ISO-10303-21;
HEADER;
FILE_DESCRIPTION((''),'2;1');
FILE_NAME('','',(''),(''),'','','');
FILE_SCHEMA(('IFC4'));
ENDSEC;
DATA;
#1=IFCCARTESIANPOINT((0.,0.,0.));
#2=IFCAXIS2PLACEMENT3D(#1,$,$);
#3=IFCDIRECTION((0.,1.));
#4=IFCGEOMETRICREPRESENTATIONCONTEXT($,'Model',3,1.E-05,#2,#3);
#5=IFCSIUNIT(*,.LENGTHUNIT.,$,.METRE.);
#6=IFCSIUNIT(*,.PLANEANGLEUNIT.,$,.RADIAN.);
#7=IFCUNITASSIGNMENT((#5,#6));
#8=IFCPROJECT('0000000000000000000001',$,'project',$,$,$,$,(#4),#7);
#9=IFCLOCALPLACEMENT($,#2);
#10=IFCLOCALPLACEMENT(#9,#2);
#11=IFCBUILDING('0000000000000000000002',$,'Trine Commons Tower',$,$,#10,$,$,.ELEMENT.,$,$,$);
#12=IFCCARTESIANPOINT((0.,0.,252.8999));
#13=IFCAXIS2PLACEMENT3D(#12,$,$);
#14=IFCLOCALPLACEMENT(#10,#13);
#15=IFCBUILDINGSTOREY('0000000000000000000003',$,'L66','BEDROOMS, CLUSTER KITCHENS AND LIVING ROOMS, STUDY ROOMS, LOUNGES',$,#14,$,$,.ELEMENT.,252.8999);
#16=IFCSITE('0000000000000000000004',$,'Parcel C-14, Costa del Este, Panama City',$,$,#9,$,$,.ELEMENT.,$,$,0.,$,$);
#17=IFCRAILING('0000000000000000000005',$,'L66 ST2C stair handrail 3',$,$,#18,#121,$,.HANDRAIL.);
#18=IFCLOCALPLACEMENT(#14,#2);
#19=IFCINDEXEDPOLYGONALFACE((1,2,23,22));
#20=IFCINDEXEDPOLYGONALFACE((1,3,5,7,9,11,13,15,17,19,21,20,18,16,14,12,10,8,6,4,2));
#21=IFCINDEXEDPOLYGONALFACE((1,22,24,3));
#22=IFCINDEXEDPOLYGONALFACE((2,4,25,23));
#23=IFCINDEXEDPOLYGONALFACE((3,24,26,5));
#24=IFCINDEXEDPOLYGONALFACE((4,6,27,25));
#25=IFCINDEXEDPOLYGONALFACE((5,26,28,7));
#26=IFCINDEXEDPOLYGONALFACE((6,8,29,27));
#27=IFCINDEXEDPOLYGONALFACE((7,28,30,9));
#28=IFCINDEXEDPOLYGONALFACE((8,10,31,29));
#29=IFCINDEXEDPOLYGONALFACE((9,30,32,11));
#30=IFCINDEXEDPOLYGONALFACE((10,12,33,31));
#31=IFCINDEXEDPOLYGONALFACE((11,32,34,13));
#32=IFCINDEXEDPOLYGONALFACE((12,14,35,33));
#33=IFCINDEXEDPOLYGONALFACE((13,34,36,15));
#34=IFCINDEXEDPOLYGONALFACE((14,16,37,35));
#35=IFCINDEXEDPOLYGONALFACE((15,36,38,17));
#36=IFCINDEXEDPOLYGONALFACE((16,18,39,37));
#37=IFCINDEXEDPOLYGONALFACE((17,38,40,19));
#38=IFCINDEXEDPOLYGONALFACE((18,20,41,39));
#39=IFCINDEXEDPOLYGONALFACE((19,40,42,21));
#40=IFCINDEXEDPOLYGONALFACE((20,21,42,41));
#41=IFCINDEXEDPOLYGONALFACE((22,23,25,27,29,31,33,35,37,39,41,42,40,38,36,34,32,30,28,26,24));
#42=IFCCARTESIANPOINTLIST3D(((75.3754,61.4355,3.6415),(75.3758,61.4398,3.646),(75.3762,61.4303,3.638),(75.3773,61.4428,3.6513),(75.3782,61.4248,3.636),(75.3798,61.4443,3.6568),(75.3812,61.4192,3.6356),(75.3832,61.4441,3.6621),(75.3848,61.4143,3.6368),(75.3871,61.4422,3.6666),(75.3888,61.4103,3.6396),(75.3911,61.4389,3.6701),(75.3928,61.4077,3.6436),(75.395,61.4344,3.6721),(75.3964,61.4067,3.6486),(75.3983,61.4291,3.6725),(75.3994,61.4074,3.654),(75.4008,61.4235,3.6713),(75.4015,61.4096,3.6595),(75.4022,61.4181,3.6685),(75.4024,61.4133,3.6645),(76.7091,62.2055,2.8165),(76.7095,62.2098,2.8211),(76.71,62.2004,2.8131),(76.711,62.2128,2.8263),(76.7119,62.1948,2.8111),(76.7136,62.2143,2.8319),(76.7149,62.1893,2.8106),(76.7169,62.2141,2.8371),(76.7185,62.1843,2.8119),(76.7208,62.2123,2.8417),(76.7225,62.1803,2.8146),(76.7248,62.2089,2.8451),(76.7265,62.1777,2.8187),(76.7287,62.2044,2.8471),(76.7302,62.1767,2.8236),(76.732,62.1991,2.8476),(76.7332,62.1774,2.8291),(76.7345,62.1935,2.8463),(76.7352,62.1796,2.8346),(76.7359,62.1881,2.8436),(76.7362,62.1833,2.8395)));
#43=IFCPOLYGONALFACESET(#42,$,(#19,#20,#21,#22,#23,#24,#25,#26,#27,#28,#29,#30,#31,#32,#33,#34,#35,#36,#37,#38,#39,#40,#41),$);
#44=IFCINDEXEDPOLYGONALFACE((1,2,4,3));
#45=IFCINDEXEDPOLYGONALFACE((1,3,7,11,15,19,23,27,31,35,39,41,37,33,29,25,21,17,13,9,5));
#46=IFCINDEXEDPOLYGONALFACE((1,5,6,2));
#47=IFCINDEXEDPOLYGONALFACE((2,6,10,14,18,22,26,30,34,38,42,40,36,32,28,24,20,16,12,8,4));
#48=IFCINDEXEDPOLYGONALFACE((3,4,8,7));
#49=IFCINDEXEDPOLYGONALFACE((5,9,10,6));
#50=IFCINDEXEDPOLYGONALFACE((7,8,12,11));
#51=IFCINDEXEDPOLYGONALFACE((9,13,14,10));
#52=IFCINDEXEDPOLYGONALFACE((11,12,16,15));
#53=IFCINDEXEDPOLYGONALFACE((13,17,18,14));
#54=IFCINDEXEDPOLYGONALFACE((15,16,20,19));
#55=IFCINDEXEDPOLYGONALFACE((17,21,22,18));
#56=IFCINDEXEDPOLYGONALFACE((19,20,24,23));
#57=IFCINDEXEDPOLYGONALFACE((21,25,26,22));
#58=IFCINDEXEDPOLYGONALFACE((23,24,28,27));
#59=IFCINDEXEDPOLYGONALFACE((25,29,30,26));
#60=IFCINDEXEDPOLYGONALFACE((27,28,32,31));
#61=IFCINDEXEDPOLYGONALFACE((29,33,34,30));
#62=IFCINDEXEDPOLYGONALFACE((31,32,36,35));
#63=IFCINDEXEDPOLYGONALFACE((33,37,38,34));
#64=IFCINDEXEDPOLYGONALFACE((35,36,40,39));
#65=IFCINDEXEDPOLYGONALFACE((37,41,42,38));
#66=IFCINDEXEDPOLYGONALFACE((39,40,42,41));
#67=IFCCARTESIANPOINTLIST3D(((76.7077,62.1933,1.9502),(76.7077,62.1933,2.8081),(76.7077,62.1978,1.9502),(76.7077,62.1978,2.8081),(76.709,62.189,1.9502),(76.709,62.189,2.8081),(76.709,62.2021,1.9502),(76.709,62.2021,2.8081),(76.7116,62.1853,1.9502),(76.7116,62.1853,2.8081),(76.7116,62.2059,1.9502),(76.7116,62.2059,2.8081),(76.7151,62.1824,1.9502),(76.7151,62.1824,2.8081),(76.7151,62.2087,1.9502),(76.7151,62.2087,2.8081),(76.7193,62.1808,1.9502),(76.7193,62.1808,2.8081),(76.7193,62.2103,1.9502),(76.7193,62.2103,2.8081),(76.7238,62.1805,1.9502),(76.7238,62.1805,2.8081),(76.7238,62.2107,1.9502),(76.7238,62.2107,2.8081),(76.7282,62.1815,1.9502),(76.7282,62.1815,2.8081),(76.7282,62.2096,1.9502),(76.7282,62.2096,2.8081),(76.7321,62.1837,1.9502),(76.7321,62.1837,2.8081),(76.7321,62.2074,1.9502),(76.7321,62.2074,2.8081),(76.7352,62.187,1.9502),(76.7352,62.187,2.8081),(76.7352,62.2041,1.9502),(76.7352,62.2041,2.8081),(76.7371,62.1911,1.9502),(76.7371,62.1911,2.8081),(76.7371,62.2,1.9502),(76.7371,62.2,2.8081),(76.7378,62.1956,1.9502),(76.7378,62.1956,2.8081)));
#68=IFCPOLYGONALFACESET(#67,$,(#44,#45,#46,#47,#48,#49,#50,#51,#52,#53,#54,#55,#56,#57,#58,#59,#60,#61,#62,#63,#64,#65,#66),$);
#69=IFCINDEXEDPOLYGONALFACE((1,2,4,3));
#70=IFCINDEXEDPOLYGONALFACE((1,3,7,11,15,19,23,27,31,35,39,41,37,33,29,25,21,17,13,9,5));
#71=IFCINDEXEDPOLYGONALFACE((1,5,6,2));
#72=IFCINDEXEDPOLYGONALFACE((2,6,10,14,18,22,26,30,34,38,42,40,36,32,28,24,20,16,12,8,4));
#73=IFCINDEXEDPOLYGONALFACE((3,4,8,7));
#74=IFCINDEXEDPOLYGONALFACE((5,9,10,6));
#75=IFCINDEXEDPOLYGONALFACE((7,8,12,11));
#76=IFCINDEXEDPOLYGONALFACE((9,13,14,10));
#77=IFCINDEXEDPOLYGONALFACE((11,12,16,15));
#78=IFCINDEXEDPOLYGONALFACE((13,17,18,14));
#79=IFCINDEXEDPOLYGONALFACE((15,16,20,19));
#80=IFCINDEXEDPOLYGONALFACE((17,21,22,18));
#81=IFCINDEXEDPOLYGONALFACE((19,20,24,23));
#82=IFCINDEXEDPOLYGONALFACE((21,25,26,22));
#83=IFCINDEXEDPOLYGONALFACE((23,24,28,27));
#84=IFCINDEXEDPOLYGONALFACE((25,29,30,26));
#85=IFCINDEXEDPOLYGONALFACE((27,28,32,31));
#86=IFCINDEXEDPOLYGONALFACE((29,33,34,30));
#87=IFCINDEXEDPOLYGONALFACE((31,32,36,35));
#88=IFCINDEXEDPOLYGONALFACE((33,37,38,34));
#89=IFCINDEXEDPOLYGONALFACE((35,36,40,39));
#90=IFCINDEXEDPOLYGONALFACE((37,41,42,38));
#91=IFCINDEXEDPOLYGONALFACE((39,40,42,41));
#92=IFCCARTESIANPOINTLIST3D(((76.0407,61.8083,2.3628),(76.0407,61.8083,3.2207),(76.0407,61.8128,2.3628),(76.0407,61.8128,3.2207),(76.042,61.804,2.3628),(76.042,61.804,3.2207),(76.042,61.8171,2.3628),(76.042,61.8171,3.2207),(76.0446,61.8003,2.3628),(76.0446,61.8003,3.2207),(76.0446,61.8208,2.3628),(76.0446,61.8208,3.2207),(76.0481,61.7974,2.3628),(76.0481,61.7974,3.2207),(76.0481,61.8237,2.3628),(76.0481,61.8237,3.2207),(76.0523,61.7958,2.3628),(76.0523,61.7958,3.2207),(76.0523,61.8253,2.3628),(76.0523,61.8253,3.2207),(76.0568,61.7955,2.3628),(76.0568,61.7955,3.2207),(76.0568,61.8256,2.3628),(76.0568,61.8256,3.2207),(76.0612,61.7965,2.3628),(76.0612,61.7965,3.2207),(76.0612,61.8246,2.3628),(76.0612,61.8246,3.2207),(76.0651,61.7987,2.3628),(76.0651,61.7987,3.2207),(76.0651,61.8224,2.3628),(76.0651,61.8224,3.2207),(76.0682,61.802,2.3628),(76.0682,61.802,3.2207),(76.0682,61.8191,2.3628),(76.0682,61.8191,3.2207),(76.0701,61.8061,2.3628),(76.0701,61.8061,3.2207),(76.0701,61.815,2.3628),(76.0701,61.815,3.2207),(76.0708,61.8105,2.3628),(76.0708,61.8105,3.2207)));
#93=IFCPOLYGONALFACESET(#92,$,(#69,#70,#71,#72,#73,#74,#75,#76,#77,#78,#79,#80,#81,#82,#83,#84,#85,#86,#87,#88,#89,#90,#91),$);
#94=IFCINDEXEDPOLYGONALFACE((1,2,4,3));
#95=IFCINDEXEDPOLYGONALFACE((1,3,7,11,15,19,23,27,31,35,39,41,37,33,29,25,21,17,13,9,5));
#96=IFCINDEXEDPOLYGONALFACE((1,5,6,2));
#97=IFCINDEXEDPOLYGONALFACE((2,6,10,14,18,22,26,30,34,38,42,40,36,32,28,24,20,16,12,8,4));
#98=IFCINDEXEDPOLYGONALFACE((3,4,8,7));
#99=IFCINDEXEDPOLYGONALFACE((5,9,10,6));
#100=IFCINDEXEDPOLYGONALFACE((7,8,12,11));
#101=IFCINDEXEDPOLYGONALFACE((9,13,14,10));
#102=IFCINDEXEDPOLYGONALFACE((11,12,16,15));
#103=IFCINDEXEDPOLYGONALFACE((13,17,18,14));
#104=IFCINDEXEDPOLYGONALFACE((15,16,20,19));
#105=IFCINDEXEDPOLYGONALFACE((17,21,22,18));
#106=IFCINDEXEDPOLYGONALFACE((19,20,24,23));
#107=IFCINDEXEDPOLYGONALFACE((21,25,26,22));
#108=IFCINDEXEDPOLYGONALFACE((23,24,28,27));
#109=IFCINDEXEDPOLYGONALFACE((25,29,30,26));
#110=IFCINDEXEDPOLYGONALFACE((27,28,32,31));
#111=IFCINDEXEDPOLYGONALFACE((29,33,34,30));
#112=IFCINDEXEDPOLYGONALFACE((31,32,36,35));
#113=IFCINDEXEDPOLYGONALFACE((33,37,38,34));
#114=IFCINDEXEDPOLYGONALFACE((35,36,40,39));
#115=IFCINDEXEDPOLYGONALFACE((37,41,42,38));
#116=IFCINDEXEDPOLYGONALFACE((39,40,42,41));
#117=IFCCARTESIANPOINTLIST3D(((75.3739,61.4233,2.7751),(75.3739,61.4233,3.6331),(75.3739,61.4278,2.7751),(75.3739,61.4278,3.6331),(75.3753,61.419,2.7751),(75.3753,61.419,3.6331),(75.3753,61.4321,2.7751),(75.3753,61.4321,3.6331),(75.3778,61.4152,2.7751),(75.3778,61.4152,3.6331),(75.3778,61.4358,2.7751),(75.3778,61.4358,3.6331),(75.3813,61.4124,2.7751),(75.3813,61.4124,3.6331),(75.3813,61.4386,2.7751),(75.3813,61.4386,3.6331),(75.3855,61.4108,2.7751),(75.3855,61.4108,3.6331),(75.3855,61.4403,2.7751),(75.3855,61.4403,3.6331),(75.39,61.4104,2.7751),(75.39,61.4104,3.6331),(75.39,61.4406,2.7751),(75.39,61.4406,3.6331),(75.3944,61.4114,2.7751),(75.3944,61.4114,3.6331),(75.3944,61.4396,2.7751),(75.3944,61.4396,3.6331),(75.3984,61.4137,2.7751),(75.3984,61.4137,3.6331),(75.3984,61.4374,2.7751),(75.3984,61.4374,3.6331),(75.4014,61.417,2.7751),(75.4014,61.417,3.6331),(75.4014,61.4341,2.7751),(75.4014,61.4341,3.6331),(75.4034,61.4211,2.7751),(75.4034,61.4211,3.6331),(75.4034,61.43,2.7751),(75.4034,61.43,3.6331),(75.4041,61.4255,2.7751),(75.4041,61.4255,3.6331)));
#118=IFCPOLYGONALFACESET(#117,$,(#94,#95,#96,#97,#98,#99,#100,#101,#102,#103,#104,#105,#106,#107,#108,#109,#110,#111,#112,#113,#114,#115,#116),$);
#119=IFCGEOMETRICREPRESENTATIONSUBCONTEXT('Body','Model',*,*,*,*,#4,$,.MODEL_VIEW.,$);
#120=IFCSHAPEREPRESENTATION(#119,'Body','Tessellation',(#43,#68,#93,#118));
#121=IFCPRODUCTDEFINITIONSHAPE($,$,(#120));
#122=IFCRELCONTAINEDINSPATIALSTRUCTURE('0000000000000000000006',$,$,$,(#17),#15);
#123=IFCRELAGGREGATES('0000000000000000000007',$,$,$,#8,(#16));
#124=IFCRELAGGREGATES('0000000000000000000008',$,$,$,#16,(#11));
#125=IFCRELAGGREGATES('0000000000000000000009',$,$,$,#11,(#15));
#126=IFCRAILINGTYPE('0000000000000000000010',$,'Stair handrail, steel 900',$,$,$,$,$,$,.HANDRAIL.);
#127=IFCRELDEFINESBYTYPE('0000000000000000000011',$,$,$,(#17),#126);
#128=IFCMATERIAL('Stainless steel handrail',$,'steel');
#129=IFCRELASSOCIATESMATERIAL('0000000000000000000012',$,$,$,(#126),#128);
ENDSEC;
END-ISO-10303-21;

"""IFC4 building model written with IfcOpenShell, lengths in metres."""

from ifc_helpers import new_model, si_unit, direction, frame, origin, origin_2d, place, context, subcontext, project, spatial, circle, extrude, material, type_object, element, save


model = new_model("IFC4")

# Units and contexts
model_context = context("Model", 3, precision=1e-05, world=origin(), true_north=direction((0.0, 1.0)))
body_context = subcontext(model_context, "Body", "Model", "MODEL_VIEW")
ifc_project = project(units=[si_unit("LENGTHUNIT", "METRE"), si_unit("PLANEANGLEUNIT", "RADIAN")], contexts=[model_context])

# Site, building, storey
site_placement = place(None, origin())
site = spatial("IfcSite", under=ifc_project, at=site_placement, Name="Parcel C-14, Costa del Este, Panama City", CompositionType="ELEMENT", RefElevation=0.0)
building_placement = place(site_placement, origin())
building = spatial("IfcBuilding", under=site, at=building_placement, Name="Trine Commons Tower", CompositionType="ELEMENT")
storey_placement = place(building_placement, frame((0.0, 0.0, 252.8999)))
storey = spatial("IfcBuildingStorey", under=building, at=storey_placement, Name="L66", Description="BEDROOMS, CLUSTER KITCHENS AND LIVING ROOMS, STUDY ROOMS, LOUNGES", CompositionType="ELEMENT", Elevation=252.8999)

# Railing
ifc_material_1 = material(Name="Stainless steel handrail", Category="steel")
railing_type_1 = type_object("IfcRailingType", Name="Stair handrail, steel 900", PredefinedType="HANDRAIL", material=ifc_material_1)
for number, where, name in (
    (1, (76.7227, 62.1956, 1.9502), "L66 ST2C stair handrail 3"),
):
    element("IfcRailing", number, at=place(storey_placement, frame(where)), inside=storey, type_object=railing_type_1, Name=name, PredefinedType="HANDRAIL", context=body_context, shape_type="SweptSolid", body=[
        extrude(circle(Radius=0.021, at=origin_2d()), frame((0.0, 0.0, 0.8789), z_axis=(-0.763405, -0.440743, 0.472185), x_axis=(0.499992, -0.86603, 0.0)), (0.0, 0.0, 1.0), 1.7471),
        extrude(circle(Radius=0.0151, at=origin_2d()), origin(), (0.0, 0.0, 1.0), 0.8579),
        extrude(circle(Radius=0.0151, at=origin_2d()), frame((-0.667, -0.385, 0.4126)), (0.0, 0.0, 1.0), 0.8579),
        extrude(circle(Radius=0.0151, at=origin_2d()), frame((-1.3337, -0.77, 0.825)), (0.0, 0.0, 1.0), 0.8579),
    ])

save(model, "model.ifc")
